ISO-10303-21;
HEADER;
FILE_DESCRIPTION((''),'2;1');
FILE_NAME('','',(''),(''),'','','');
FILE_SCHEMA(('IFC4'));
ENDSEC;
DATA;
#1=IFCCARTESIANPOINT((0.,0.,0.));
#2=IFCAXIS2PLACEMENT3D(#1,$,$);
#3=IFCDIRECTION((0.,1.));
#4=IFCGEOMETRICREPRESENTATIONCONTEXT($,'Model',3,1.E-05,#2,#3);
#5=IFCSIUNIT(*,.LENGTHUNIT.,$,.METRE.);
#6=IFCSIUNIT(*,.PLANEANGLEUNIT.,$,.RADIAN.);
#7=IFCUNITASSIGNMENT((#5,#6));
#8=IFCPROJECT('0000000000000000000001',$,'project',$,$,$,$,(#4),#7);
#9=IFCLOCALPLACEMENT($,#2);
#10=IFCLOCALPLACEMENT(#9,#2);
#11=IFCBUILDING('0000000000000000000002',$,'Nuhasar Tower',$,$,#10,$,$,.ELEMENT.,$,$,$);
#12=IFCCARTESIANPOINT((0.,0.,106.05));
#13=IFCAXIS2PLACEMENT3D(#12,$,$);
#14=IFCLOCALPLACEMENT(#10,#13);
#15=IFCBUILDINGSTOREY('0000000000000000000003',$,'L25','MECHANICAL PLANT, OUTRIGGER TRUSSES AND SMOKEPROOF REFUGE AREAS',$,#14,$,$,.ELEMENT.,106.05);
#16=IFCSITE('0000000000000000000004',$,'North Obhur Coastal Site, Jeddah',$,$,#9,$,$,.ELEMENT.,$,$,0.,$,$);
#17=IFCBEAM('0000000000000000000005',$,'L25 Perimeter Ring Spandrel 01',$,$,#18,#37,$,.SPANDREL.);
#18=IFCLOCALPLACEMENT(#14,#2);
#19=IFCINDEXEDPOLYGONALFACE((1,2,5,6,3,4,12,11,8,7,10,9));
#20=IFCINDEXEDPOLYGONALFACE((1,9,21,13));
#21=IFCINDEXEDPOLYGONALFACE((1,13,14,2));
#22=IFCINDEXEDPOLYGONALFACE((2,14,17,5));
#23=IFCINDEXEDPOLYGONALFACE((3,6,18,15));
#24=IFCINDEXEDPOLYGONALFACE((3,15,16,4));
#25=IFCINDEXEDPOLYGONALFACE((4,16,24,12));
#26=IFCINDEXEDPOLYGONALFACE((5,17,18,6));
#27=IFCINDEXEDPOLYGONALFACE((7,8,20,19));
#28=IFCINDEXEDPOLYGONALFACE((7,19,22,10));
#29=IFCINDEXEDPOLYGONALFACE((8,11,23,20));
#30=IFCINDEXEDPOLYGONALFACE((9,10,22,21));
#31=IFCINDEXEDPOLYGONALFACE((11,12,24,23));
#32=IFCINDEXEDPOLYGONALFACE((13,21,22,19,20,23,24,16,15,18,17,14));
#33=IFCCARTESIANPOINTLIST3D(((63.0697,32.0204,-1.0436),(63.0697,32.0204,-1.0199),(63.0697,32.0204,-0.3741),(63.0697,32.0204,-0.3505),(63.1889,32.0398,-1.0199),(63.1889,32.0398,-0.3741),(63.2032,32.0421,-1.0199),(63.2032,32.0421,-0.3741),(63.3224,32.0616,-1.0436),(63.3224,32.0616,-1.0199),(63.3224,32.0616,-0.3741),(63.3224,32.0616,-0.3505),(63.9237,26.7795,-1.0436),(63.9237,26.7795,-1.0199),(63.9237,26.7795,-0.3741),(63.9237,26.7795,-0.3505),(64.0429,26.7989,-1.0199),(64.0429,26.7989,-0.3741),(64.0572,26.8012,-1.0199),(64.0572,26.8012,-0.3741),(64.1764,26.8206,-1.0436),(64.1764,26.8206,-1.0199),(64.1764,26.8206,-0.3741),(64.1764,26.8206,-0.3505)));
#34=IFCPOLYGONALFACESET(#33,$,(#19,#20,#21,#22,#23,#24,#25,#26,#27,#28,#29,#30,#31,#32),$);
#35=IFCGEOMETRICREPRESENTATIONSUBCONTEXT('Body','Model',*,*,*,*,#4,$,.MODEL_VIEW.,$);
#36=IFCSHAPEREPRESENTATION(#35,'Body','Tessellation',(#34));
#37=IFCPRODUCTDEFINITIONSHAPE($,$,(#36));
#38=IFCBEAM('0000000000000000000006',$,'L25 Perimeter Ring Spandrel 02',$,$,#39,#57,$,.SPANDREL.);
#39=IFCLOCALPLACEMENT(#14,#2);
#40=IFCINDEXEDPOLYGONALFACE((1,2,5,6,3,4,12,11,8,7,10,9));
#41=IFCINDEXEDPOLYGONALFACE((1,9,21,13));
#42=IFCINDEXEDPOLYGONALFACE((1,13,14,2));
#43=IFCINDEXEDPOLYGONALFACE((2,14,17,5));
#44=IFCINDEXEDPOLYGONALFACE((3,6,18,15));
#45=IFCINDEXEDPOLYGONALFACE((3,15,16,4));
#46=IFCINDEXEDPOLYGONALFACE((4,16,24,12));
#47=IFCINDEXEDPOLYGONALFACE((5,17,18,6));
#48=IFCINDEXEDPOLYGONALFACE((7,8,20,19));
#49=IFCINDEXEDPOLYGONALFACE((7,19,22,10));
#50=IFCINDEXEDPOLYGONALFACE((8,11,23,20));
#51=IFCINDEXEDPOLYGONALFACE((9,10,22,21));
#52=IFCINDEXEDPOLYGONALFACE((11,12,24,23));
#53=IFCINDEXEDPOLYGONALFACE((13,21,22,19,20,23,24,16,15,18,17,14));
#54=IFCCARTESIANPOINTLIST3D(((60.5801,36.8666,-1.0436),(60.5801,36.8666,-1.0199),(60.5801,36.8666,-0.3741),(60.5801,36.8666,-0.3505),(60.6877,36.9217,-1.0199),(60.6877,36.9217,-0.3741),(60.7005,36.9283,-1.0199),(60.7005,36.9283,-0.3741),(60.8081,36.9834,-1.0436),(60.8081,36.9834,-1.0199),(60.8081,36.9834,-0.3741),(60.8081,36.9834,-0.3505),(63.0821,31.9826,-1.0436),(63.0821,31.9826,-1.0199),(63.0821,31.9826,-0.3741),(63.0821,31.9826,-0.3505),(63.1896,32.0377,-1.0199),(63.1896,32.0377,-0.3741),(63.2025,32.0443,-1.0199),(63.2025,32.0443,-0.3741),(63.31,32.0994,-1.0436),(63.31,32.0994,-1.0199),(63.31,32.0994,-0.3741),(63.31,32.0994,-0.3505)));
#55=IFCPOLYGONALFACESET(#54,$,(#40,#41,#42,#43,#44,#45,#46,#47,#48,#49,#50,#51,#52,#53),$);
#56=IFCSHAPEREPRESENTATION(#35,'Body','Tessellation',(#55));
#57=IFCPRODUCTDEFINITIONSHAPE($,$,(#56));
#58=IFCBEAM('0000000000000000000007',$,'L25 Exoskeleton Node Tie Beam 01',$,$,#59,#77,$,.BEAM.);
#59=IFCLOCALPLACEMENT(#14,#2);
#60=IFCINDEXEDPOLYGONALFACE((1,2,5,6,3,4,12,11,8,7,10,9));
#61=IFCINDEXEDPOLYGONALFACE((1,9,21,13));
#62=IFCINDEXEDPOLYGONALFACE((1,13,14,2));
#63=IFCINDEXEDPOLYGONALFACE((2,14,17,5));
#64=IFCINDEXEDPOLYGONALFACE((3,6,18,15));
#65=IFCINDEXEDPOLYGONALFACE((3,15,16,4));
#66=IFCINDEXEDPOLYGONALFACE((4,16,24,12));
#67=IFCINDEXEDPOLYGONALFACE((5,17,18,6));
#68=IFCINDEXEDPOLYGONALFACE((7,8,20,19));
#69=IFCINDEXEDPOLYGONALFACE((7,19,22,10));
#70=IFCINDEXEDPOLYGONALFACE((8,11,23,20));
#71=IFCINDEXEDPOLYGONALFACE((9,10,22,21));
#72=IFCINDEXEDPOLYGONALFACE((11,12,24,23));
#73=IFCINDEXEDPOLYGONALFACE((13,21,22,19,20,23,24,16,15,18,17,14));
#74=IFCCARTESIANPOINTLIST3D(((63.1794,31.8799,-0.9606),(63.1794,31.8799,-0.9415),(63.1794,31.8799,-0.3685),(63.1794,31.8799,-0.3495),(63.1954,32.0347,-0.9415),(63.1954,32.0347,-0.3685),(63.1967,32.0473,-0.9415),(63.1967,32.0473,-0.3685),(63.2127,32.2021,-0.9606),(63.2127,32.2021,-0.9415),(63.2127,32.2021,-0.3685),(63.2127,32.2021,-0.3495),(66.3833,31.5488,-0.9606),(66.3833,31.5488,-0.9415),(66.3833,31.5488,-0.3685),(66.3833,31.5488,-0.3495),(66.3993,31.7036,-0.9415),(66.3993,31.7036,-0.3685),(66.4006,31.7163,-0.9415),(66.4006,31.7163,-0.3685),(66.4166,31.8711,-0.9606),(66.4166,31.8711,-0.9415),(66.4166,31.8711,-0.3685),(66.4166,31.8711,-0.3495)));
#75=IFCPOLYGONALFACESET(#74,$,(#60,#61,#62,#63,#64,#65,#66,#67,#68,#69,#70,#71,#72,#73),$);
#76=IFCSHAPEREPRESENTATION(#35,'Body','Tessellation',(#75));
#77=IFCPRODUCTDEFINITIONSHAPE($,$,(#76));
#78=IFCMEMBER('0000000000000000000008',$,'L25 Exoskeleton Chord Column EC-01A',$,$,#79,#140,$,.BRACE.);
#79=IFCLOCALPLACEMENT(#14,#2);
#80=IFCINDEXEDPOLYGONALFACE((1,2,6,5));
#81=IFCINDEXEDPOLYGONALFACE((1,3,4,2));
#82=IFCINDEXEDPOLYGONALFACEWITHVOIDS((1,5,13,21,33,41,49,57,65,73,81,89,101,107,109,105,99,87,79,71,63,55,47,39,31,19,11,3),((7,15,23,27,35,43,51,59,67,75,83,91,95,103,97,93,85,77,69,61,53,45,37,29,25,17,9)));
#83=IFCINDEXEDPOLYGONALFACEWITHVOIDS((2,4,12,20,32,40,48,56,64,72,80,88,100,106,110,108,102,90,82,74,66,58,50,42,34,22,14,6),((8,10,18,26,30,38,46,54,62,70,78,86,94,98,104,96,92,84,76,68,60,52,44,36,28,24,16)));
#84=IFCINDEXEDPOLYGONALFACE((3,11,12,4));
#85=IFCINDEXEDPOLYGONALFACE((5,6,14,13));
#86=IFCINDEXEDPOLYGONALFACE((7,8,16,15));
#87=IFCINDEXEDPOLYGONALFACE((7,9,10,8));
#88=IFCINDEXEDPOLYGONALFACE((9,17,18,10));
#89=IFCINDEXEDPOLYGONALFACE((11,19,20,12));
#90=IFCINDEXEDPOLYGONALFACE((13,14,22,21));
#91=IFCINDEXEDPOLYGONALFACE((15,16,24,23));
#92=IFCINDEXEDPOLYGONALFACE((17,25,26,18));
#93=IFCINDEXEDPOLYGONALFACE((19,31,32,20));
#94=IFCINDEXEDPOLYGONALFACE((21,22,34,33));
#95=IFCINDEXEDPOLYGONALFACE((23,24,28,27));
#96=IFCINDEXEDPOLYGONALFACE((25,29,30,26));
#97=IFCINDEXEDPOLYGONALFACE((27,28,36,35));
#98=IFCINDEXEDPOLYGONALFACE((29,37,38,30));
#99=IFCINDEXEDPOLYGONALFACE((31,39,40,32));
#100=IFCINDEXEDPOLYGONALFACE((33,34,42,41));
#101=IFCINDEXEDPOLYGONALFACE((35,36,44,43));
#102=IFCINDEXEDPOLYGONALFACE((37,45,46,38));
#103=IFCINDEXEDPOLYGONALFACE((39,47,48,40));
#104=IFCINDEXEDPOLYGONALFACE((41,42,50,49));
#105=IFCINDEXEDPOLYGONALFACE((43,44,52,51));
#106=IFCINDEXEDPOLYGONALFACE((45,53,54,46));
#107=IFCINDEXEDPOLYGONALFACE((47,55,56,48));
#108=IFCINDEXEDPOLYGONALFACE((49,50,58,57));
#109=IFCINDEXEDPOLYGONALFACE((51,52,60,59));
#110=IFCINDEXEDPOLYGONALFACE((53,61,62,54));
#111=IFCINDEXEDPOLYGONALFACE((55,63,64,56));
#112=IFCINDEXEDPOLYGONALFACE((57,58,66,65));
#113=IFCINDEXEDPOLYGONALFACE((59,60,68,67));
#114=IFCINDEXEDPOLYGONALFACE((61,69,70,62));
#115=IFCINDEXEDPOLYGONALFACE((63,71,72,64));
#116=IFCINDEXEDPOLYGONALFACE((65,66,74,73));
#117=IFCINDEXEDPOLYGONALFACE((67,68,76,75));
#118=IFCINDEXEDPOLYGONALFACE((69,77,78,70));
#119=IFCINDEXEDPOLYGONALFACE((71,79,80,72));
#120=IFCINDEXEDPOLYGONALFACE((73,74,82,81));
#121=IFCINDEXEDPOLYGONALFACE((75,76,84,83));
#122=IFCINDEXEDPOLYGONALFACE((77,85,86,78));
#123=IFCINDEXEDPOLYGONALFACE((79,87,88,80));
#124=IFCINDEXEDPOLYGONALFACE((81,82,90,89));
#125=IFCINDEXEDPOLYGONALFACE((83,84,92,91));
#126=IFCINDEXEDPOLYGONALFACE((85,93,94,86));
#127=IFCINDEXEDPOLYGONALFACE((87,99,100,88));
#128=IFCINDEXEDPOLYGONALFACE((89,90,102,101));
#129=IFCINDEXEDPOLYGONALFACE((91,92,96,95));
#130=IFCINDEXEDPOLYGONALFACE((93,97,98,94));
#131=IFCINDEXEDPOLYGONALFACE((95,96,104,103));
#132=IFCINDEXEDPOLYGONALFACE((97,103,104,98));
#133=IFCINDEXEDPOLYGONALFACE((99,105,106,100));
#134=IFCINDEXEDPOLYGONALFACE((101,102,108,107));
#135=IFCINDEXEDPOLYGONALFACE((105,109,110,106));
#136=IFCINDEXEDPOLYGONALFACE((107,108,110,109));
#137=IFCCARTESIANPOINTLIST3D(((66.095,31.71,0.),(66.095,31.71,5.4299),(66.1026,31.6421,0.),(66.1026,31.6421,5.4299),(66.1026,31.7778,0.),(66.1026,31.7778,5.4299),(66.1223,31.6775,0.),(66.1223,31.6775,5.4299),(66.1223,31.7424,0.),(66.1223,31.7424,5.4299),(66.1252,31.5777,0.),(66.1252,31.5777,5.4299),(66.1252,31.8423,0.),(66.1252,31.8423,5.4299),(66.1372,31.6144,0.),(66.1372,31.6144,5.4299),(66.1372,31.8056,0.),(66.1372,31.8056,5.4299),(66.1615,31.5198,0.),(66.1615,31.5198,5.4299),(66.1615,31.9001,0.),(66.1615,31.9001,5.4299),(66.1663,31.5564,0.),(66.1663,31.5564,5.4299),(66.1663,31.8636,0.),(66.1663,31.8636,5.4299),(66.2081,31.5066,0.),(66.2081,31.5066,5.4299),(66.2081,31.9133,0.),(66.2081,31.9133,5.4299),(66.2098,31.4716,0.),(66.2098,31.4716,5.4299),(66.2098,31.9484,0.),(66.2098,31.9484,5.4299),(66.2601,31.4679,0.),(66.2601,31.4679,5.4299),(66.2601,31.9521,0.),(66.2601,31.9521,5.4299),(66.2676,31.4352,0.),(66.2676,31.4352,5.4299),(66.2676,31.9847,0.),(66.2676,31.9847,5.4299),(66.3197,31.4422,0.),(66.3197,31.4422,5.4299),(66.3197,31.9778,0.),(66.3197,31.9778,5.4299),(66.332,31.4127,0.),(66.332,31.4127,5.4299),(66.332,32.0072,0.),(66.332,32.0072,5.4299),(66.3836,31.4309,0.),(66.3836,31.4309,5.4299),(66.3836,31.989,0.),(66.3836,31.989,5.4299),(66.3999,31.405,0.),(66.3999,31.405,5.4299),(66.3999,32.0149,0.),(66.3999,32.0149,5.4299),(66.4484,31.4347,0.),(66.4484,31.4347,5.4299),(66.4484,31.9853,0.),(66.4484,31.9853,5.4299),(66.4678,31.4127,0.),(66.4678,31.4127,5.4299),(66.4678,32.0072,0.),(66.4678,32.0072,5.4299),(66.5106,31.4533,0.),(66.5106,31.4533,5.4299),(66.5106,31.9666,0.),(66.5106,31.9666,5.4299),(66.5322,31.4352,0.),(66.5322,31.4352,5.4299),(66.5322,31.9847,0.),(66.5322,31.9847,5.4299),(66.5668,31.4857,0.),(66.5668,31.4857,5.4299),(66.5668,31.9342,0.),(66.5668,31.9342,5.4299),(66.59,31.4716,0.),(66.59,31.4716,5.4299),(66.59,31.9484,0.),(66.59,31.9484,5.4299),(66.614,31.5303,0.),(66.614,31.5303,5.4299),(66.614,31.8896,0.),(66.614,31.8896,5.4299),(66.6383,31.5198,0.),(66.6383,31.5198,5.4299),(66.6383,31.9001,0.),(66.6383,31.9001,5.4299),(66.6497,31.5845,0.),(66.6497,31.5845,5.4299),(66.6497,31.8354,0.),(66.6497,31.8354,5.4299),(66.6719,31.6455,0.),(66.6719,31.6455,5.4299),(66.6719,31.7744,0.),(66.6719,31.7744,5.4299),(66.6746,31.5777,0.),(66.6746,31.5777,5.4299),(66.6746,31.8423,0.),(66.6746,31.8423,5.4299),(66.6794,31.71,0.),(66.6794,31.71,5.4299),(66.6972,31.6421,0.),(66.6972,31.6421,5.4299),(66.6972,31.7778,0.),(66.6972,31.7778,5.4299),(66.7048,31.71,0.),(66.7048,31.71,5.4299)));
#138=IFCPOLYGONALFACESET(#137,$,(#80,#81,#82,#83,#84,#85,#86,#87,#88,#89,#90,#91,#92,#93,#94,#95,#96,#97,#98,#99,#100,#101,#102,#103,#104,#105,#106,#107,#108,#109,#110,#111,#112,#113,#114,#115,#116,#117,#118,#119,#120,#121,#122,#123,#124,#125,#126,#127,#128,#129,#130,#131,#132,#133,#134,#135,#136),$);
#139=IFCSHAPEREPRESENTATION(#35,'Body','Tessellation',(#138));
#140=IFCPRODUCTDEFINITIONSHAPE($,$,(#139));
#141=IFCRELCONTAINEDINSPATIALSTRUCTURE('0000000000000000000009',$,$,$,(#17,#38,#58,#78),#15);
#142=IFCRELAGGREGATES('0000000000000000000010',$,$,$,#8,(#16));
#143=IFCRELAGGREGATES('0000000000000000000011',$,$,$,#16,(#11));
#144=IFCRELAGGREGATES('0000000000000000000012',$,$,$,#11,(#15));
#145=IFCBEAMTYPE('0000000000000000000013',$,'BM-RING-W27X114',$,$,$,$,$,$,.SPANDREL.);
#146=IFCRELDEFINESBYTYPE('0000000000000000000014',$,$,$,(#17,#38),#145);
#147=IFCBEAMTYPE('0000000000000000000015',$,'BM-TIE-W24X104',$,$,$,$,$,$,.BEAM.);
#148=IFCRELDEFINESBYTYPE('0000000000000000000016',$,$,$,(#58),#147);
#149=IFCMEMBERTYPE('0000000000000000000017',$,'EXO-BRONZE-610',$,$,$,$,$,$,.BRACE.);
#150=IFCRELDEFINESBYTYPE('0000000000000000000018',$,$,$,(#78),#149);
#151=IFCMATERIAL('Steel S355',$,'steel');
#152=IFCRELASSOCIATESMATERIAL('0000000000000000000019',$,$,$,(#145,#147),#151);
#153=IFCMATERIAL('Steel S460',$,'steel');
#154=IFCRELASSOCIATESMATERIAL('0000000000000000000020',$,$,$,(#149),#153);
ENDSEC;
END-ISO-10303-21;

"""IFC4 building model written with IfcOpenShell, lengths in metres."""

from ifc_helpers import new_model, si_unit, direction, frame, origin, origin_2d, place, context, subcontext, project, spatial, hollow_circle, i_section, extrude, material, material_profile, profile_set, type_object, element, save


model = new_model("IFC4")

# Units and contexts
model_context = context("Model", 3, precision=1e-05, world=origin(), true_north=direction((0.0, 1.0)))
body_context = subcontext(model_context, "Body", "Model", "MODEL_VIEW")
ifc_project = project(units=[si_unit("LENGTHUNIT", "METRE"), si_unit("PLANEANGLEUNIT", "RADIAN")], contexts=[model_context])

# Site, building, storey
site_placement = place(None, origin())
site = spatial("IfcSite", under=ifc_project, at=site_placement, Name="North Obhur Coastal Site, Jeddah", CompositionType="ELEMENT", RefElevation=0.0)
building_placement = place(site_placement, origin())
building = spatial("IfcBuilding", under=site, at=building_placement, Name="Nuhasar Tower", CompositionType="ELEMENT")
storey_placement = place(building_placement, frame((0.0, 0.0, 106.05)))
storey = spatial("IfcBuildingStorey", under=building, at=storey_placement, Name="L25", Description="MECHANICAL PLANT, OUTRIGGER TRUSSES AND SMOKEPROOF REFUGE AREAS", CompositionType="ELEMENT", Elevation=106.05)

# Shared definitions
ifc_material_1 = material(Name="Steel S460", Category="steel")

# Beams
ifc_material_2 = material(Name="Steel S355", Category="steel")
ifc_material_profile_1 = material_profile(ifc_material_2, i_section(OverallWidth=0.2561, OverallDepth=0.6931, WebThickness=0.0144, FlangeThickness=0.0237, at=origin_2d()), Name="W27X114")
ifc_profile_set_1 = profile_set([ifc_material_profile_1], Name="Steel S355")
beam_type_1 = type_object("IfcBeamType", Name="BM-RING-W27X114", PredefinedType="SPANDREL", material=ifc_profile_set_1)
beam_1_placement = place(storey_placement, frame((64.05, 26.8, -0.697), z_axis=(-0.160827, 0.986983, 0.0), x_axis=(-0.986983, -0.160827, 0.0)))
element("IfcBeam", 1, at=beam_1_placement, inside=storey, type_object=beam_type_1, Name="L25 Perimeter Ring Spandrel 01", PredefinedType="SPANDREL", context=body_context, shape_type="SweptSolid", body=[
    extrude(i_section(OverallWidth=0.2561, OverallDepth=0.6931, WebThickness=0.0144, FlangeThickness=0.0237, at=origin_2d()), origin(), (0.0, 0.0, 1.0), 5.3101),
])
beam_2_placement = place(storey_placement, frame((63.196, 32.041, -0.697), z_axis=(-0.45593, 0.890016, 0.0), x_axis=(-0.890016, -0.45593, 0.0)))
element("IfcBeam", 2, at=beam_2_placement, inside=storey, type_object=beam_type_1, Name="L25 Perimeter Ring Spandrel 02", PredefinedType="SPANDREL", context=body_context, shape_type="SweptSolid", body=[
    extrude(i_section(OverallWidth=0.2561, OverallDepth=0.6931, WebThickness=0.0144, FlangeThickness=0.0237, at=origin_2d()), origin(), (0.0, 0.0, 1.0), 5.4875),
])
ifc_material_profile_2 = material_profile(ifc_material_2, i_section(OverallWidth=0.324, OverallDepth=0.6111, WebThickness=0.0127, FlangeThickness=0.019, at=origin_2d()), Name="W24X104")
ifc_profile_set_2 = profile_set([ifc_material_profile_2], Name="Steel S355")
beam_type_2 = type_object("IfcBeamType", Name="BM-TIE-W24X104", PredefinedType="BEAM", material=ifc_profile_set_2)
beam_3_placement = place(storey_placement, frame((63.196, 32.041, -0.655), z_axis=(0.994704, -0.102783, 0.0), x_axis=(0.102783, 0.994704, 0.0)))
element("IfcBeam", 3, at=beam_3_placement, inside=storey, type_object=beam_type_2, Name="L25 Exoskeleton Node Tie Beam 01", PredefinedType="BEAM", context=body_context, shape_type="SweptSolid", body=[
    extrude(i_section(OverallWidth=0.324, OverallDepth=0.6111, WebThickness=0.0127, FlangeThickness=0.019, at=origin_2d()), origin(), (0.0, 0.0, 1.0), 3.2209),
])

# Member
ifc_material_profile_3 = material_profile(ifc_material_1, hollow_circle(Radius=0.3049, WallThickness=0.0254, at=origin_2d()), Name="HSS610X25.4")
ifc_profile_set_3 = profile_set([ifc_material_profile_3], Name="Steel S460")
member_type_1 = type_object("IfcMemberType", Name="EXO-BRONZE-610", PredefinedType="BRACE", material=ifc_profile_set_3)
for number, where, z_axis, x_axis, name in (
    (4, (66.3999, 31.71, 0.0), (0.0, 0.0, 1.0), (1.0, 0.0, 0.0), "L25 Exoskeleton Chord Column EC-01A"),
):
    element("IfcMember", number, at=place(storey_placement, frame(where, z_axis=z_axis, x_axis=x_axis)), inside=storey, type_object=member_type_1, Name=name, PredefinedType="BRACE", context=body_context, shape_type="SweptSolid", body=[
        extrude(hollow_circle(Radius=0.3049, WallThickness=0.0254, at=origin_2d()), origin(), (0.0, 0.0, 1.0), 5.4299),
    ])

save(model, "model.ifc")
